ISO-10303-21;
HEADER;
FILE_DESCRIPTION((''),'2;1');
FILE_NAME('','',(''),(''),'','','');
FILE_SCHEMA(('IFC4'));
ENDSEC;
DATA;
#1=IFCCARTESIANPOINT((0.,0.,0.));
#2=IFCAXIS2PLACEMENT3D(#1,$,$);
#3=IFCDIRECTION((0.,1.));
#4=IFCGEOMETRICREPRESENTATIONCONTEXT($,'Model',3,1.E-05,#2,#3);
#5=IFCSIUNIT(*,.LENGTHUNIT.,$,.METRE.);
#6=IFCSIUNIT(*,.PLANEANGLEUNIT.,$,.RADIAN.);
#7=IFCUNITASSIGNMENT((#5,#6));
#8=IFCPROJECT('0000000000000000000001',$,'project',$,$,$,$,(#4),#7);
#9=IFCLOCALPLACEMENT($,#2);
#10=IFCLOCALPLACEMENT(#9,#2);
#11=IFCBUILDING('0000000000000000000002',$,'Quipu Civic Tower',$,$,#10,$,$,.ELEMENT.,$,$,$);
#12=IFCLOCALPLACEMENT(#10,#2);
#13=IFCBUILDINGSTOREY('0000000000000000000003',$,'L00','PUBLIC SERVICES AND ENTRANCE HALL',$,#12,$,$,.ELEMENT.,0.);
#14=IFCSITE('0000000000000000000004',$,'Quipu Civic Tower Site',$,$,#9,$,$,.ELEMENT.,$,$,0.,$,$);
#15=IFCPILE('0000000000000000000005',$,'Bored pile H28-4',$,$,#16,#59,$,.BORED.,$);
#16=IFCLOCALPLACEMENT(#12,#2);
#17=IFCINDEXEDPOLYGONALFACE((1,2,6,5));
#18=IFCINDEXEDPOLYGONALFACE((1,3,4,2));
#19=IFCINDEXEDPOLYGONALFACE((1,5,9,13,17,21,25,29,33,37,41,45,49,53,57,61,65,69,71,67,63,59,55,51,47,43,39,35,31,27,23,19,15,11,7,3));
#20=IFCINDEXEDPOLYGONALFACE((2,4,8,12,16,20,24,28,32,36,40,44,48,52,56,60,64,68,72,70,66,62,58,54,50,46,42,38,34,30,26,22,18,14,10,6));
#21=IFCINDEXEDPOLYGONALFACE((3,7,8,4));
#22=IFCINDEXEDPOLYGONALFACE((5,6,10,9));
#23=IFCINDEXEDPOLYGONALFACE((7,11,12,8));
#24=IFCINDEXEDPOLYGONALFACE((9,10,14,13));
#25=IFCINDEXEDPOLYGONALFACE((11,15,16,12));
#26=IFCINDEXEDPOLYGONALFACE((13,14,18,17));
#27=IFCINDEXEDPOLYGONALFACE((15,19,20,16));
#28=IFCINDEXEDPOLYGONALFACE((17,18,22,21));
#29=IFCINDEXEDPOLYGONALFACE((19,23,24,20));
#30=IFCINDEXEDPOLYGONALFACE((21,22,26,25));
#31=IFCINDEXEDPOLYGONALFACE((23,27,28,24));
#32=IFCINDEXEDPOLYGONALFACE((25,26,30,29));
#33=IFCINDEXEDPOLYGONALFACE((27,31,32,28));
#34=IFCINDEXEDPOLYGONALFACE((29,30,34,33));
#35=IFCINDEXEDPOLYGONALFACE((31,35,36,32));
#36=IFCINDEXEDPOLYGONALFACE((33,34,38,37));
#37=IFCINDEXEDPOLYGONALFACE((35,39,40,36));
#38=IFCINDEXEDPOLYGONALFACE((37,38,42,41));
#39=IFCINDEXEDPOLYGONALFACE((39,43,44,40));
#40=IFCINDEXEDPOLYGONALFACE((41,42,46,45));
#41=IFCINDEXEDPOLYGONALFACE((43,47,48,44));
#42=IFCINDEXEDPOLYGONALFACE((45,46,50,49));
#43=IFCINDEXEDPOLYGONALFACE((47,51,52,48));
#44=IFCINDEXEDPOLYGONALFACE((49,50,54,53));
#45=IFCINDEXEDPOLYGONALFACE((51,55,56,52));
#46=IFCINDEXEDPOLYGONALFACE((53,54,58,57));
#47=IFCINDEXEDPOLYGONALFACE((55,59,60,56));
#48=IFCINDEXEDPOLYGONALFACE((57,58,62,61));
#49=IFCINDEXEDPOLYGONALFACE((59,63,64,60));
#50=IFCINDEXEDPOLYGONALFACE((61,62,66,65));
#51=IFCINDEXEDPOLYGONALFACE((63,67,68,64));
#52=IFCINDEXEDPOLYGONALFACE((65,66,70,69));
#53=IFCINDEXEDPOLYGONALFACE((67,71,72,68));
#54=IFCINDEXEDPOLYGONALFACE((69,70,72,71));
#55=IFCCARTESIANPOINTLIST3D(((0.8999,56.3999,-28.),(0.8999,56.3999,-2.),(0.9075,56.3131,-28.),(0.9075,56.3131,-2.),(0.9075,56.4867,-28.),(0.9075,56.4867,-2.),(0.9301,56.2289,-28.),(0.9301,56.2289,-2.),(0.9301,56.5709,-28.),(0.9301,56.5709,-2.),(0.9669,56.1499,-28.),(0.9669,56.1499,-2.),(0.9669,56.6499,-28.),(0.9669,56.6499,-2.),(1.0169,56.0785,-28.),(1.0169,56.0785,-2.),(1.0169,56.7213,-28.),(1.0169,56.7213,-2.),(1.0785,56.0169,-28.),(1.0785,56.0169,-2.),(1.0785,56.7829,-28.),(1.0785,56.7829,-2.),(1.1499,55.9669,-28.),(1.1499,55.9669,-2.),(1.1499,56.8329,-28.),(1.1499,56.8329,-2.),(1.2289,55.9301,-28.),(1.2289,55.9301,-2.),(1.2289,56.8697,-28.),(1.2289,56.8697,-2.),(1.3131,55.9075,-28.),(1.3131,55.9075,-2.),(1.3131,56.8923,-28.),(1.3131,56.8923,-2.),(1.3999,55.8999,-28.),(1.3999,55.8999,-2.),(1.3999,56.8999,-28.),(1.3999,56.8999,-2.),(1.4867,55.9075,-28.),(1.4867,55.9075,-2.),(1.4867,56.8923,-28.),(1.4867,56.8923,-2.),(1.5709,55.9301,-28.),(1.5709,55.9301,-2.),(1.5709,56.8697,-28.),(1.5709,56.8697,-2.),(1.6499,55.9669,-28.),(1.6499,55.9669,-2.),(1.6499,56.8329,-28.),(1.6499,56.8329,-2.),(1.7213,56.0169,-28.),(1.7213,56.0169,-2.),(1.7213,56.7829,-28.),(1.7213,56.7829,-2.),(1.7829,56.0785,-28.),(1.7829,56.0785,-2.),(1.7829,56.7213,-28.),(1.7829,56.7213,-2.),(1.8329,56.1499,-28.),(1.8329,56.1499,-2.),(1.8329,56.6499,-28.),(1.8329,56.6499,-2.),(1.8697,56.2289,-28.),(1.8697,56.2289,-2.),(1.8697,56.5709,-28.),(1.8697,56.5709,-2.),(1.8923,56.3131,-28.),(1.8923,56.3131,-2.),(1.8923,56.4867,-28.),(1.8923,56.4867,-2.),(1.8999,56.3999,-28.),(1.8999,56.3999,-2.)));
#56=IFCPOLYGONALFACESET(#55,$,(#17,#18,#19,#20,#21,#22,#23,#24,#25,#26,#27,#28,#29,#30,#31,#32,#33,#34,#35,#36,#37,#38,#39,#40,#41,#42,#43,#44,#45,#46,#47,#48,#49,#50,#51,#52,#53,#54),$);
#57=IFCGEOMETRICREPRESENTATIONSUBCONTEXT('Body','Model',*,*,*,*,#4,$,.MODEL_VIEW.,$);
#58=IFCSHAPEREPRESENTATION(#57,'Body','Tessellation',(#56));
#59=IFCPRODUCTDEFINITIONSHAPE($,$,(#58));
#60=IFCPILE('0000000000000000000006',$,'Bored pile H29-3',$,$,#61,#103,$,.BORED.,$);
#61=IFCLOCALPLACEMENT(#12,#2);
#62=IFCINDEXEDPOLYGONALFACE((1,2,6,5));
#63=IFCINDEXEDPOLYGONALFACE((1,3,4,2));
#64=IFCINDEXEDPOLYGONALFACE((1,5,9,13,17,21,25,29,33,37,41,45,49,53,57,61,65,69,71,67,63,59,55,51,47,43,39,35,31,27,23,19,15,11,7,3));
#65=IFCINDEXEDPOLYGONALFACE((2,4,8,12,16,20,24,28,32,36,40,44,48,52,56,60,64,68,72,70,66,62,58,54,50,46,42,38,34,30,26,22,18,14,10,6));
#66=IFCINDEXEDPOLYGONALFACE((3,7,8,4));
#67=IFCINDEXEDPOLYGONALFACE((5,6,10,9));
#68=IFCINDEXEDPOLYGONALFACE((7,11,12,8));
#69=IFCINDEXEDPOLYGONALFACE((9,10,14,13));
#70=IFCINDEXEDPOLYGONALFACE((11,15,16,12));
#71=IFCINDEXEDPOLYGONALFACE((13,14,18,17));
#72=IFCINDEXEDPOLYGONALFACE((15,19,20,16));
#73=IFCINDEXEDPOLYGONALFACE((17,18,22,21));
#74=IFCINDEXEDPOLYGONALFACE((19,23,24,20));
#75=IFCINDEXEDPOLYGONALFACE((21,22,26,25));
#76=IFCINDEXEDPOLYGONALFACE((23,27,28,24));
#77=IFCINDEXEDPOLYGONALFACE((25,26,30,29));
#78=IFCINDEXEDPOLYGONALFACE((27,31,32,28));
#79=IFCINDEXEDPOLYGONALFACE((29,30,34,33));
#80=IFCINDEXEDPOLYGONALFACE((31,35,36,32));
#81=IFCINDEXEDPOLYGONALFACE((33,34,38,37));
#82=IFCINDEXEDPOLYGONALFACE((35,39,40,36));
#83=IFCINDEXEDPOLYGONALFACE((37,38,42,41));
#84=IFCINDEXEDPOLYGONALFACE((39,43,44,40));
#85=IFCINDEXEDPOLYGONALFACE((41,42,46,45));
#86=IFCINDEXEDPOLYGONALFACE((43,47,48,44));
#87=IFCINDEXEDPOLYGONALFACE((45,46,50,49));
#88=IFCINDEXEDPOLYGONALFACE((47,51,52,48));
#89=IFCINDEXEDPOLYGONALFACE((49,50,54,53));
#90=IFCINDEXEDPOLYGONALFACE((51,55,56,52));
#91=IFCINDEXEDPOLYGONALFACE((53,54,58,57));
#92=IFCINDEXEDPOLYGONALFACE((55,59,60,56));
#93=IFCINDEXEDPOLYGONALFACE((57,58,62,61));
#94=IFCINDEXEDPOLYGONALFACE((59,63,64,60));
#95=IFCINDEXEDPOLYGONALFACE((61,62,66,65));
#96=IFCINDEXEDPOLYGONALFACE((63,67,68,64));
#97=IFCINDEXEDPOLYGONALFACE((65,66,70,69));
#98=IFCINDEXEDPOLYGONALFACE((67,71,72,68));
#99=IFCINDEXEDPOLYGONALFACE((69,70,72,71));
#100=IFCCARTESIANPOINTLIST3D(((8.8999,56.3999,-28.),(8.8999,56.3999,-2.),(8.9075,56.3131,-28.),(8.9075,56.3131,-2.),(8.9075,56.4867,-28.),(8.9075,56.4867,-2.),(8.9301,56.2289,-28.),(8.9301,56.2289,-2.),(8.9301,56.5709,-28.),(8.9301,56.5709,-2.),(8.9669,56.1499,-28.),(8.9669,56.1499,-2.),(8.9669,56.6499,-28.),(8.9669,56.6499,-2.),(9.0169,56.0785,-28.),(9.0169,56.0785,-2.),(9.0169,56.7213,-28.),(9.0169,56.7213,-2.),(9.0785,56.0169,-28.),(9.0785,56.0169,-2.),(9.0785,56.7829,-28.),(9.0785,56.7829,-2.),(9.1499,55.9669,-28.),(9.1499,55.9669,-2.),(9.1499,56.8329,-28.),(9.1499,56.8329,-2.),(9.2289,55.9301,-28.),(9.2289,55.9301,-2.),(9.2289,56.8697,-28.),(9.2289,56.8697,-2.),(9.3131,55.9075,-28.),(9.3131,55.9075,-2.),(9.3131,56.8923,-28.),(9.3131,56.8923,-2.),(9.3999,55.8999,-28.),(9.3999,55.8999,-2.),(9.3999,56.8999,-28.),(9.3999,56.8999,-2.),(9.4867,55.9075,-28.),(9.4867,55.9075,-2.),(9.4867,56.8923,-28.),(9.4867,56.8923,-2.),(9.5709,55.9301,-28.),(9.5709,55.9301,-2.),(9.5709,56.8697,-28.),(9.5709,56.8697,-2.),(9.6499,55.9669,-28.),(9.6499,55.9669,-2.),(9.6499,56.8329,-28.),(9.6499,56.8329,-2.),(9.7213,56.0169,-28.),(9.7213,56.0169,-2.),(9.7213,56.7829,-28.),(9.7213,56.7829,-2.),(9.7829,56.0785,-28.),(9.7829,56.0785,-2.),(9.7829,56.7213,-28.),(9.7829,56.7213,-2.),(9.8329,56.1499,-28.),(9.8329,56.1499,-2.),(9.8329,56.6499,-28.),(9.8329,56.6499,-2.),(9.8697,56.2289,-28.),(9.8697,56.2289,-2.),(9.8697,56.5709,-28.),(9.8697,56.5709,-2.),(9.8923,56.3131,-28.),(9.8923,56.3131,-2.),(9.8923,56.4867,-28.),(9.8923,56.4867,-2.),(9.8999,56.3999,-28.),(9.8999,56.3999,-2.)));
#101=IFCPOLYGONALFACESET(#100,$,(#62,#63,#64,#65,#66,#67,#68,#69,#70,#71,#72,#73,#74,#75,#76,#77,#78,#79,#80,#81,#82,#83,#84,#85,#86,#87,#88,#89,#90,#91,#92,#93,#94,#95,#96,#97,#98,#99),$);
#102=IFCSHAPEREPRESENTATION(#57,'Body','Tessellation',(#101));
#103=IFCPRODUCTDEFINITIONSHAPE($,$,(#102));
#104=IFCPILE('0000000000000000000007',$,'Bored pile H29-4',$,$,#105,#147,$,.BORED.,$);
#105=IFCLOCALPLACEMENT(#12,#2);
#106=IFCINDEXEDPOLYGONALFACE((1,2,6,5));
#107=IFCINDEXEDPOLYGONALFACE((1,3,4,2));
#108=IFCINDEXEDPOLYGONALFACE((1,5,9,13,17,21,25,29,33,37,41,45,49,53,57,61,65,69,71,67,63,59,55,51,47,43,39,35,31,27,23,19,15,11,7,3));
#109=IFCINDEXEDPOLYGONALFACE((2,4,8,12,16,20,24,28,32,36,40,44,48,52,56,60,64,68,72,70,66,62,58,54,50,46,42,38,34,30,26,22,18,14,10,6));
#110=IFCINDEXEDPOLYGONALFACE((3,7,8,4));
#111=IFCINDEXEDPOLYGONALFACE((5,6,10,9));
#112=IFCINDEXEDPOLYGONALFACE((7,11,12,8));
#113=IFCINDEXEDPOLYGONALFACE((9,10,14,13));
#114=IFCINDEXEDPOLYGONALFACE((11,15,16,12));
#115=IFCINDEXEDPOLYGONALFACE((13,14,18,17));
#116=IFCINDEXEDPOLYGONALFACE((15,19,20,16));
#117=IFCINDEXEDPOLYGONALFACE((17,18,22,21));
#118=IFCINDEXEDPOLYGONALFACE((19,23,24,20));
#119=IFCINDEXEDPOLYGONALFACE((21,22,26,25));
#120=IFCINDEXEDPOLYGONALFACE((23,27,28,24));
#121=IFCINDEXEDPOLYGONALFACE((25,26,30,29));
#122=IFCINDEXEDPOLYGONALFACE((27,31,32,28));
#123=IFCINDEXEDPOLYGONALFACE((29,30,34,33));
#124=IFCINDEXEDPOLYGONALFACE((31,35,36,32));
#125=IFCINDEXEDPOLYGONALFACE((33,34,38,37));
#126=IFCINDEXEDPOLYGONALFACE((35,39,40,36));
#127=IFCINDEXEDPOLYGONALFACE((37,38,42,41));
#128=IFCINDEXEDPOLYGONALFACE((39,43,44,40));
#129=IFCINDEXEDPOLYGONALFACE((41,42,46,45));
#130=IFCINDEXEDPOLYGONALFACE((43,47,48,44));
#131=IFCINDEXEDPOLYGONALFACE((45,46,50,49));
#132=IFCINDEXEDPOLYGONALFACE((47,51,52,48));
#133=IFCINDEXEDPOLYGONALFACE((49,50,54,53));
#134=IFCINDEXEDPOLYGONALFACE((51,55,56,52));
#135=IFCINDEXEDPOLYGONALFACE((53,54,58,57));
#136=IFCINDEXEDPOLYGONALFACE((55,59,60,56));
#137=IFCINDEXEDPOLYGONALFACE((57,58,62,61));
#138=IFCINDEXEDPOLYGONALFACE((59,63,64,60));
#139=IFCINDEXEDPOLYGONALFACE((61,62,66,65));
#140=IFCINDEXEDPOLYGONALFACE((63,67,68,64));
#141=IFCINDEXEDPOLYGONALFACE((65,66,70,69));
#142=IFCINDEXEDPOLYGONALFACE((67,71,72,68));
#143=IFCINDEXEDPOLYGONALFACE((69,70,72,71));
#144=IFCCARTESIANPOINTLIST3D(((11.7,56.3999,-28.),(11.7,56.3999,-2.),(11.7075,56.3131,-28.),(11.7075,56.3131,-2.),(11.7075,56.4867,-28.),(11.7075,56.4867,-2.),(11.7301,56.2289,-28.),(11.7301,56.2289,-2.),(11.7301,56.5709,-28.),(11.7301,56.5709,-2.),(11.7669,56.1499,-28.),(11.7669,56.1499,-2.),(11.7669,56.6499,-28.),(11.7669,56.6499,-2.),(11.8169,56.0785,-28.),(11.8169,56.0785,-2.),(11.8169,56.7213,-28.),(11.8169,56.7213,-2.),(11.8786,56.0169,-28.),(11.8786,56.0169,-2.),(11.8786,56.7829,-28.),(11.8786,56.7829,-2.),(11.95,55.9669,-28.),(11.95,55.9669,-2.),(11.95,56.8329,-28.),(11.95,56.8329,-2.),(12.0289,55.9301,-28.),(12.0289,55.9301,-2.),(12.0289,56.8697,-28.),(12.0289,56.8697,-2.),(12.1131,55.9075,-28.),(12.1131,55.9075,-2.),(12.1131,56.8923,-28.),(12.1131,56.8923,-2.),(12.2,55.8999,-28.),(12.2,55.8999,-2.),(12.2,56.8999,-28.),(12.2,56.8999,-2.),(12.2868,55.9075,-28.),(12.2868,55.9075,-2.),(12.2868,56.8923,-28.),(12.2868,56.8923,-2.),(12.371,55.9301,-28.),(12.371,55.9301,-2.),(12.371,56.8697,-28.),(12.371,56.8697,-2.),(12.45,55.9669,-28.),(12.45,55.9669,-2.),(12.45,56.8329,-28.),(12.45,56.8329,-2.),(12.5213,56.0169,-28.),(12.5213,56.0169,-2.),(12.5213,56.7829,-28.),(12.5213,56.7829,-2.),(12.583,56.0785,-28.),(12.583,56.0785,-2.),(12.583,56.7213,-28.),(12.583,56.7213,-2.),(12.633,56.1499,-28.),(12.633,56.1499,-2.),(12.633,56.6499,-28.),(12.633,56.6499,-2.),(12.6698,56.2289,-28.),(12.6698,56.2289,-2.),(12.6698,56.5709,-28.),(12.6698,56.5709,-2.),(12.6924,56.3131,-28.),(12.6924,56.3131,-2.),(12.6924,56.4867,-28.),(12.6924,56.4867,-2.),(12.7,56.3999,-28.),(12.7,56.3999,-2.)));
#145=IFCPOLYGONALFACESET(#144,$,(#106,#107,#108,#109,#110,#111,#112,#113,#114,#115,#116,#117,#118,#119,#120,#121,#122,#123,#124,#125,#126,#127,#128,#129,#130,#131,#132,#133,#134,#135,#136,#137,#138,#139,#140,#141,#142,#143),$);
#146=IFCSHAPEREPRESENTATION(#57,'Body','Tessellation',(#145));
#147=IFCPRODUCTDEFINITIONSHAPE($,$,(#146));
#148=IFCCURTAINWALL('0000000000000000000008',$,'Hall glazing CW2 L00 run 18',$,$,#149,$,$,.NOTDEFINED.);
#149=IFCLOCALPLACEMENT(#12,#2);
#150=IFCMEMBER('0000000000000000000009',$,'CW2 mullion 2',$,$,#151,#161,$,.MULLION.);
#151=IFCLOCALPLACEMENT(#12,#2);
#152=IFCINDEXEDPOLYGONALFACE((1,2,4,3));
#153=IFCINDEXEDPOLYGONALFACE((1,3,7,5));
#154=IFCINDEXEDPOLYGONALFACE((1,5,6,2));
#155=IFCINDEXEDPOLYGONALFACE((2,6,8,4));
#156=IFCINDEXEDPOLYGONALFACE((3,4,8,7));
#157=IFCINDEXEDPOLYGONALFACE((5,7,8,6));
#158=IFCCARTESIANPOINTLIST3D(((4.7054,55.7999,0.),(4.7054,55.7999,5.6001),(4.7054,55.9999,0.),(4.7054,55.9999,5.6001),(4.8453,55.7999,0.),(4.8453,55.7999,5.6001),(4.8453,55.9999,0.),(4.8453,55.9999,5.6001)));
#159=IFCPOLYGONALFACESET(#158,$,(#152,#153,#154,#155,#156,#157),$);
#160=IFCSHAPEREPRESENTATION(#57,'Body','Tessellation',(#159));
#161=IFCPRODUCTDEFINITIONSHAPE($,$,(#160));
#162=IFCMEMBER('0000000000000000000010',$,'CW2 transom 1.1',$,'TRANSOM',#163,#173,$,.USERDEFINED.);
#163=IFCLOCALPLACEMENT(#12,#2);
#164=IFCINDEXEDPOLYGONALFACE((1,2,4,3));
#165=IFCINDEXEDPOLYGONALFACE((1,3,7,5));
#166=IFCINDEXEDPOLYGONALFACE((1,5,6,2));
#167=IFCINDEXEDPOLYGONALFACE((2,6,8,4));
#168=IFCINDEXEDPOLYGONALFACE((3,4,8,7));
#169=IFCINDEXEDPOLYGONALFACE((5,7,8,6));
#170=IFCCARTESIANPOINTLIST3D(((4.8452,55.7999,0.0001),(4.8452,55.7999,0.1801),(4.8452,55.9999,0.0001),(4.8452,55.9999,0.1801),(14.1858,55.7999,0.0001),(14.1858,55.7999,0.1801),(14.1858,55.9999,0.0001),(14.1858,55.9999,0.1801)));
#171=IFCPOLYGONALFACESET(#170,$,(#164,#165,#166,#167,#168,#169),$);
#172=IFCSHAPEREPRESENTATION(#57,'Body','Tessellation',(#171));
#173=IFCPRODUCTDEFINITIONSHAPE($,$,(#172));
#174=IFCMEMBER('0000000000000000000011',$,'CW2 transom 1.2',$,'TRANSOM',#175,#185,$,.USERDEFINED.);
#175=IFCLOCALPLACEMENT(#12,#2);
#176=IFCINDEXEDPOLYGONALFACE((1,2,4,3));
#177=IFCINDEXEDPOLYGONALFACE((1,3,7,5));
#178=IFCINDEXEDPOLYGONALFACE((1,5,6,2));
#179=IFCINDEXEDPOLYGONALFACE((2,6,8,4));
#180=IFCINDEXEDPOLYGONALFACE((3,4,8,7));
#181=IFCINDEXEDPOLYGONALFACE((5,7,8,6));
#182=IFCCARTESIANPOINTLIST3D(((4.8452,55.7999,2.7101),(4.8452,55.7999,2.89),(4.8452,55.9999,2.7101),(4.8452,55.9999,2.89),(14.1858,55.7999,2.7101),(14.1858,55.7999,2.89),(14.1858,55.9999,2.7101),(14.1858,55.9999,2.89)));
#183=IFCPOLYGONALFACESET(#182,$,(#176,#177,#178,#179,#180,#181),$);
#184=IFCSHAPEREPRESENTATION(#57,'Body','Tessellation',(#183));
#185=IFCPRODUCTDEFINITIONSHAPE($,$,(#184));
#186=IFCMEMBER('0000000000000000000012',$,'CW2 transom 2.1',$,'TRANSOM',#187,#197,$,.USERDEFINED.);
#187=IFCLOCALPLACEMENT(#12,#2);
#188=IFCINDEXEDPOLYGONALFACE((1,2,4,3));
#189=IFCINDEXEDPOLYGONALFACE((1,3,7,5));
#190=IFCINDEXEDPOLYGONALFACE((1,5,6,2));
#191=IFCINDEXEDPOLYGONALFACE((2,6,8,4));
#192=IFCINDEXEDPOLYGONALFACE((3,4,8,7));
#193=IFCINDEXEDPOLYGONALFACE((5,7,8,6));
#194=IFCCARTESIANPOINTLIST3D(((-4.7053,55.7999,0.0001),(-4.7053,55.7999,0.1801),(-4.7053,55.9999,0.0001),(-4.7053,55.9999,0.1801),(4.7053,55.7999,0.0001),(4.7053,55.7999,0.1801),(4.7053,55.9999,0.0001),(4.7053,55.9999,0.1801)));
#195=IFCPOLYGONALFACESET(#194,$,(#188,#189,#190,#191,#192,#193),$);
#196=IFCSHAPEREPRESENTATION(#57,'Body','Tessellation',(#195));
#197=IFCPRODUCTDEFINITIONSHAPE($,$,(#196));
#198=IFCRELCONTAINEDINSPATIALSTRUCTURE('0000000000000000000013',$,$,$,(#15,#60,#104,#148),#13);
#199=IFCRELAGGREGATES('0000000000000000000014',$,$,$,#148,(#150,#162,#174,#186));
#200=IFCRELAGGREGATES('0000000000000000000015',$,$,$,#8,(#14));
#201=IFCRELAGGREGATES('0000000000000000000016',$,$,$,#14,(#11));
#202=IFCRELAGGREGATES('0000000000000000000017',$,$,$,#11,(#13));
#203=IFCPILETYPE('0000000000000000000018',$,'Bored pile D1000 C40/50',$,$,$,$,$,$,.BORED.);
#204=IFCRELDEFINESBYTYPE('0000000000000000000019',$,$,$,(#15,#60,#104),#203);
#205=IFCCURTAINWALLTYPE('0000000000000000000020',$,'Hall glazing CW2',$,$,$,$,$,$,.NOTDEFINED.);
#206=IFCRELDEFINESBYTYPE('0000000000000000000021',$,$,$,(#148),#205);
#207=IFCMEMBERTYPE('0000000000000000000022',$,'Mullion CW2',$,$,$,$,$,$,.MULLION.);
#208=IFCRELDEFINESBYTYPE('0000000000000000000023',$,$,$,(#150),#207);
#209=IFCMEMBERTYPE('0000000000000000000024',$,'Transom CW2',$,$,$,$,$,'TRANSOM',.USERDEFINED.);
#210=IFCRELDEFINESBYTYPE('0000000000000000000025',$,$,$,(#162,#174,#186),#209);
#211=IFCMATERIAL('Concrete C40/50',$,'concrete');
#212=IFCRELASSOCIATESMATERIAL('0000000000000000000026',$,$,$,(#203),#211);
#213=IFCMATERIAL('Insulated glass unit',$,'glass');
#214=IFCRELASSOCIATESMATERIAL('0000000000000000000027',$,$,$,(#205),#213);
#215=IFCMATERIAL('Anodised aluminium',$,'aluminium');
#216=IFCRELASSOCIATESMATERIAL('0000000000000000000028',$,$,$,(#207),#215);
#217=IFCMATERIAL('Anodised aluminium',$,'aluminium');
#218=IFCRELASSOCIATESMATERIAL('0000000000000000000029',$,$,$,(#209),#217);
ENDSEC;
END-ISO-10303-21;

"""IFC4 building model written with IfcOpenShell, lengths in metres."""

from ifc_helpers import new_model, si_unit, direction, frame, origin, origin_2d, place, context, subcontext, project, spatial, rectangle, circle, extrude, material, material_profile, profile_set, type_object, element, aggregate, save


model = new_model("IFC4")

# Units and contexts
model_context = context("Model", 3, precision=1e-05, world=origin(), true_north=direction((0.0, 1.0)))
body_context = subcontext(model_context, "Body", "Model", "MODEL_VIEW")
ifc_project = project(units=[si_unit("LENGTHUNIT", "METRE"), si_unit("PLANEANGLEUNIT", "RADIAN")], contexts=[model_context])

# Site, building, storey
site_placement = place(None, origin())
site = spatial("IfcSite", under=ifc_project, at=site_placement, Name="Quipu Civic Tower Site", CompositionType="ELEMENT", RefElevation=0.0)
building_placement = place(site_placement, origin())
building = spatial("IfcBuilding", under=site, at=building_placement, Name="Quipu Civic Tower", CompositionType="ELEMENT")
storey_placement = place(building_placement, origin())
storey = spatial("IfcBuildingStorey", under=building, at=storey_placement, Name="L00", Description="PUBLIC SERVICES AND ENTRANCE HALL", CompositionType="ELEMENT", Elevation=0.0)

# Piles
ifc_material_1 = material(Name="Concrete C40/50", Category="concrete")
ifc_material_profile_1 = material_profile(ifc_material_1, circle(Radius=0.5, at=origin_2d()), Name="RCD1000")
ifc_profile_set_1 = profile_set([ifc_material_profile_1], Name="Concrete C40/50")
pile_type = type_object("IfcPileType", Name="Bored pile D1000 C40/50", PredefinedType="BORED", material=ifc_profile_set_1)
for number, where, z_axis, x_axis, name in (
    (1, (1.3999, 56.3999, -2.0), (0.0, 0.0, -1.0), (1.0, 0.0, 0.0), "Bored pile H28-4"),
    (2, (9.3999, 56.3999, -2.0), (0.0, 0.0, -1.0), (1.0, 0.0, 0.0), "Bored pile H29-3"),
    (3, (12.2, 56.3999, -2.0), (0.0, 0.0, -1.0), (1.0, 0.0, 0.0), "Bored pile H29-4"),
):
    element("IfcPile", number, at=place(storey_placement, frame(where, z_axis=z_axis, x_axis=x_axis)), inside=storey, type_object=pile_type, Name=name, PredefinedType="BORED", context=body_context, shape_type="SweptSolid", body=[
        extrude(circle(Radius=0.5, at=origin_2d()), origin(), (0.0, 0.0, 1.0), 26.0),
    ])

# Curtain wall, members
ifc_material_2 = material(Name="Insulated glass unit", Category="glass")
curtain_wall_type = type_object("IfcCurtainWallType", Name="Hall glazing CW2", PredefinedType="NOTDEFINED", material=ifc_material_2)
curtain_wall_placement = place(storey_placement, origin())
curtain_wall = element("IfcCurtainWall", 4, at=curtain_wall_placement, inside=storey, type_object=curtain_wall_type, Name="Hall glazing CW2 L00 run 18", PredefinedType="NOTDEFINED")
ifc_material_3 = material(Name="Anodised aluminium", Category="aluminium")
ifc_material_profile_2 = material_profile(ifc_material_3, rectangle(XDim=0.2, YDim=0.1399, at=origin_2d()), Name="RECT 200x140")
ifc_profile_set_2 = profile_set([ifc_material_profile_2], Name="Anodised aluminium")
member_type_1 = type_object("IfcMemberType", Name="Mullion CW2", PredefinedType="MULLION", material=ifc_profile_set_2)
member_1_placement = place(storey_placement, frame((4.7754, 55.8999, 0.0), z_axis=(0.0, 0.0, 1.0), x_axis=(0.0, -1.0, 0.0)))
member_1 = element("IfcMember", 5, at=member_1_placement, type_object=member_type_1, Name="CW2 mullion 2", PredefinedType="MULLION", context=body_context, shape_type="SweptSolid", body=[
    extrude(rectangle(XDim=0.2, YDim=0.1399, at=origin_2d()), origin(), (0.0, 0.0, 1.0), 5.6001),
])
ifc_material_4 = material(Name="Anodised aluminium", Category="aluminium")
ifc_material_profile_3 = material_profile(ifc_material_4, rectangle(XDim=0.2, YDim=0.1799, at=origin_2d()), Name="RECT 200x180")
ifc_profile_set_3 = profile_set([ifc_material_profile_3], Name="Anodised aluminium")
member_type_2 = type_object("IfcMemberType", Name="Transom CW2", ElementType="TRANSOM", PredefinedType="USERDEFINED", material=ifc_profile_set_3)
member_2_placement = place(storey_placement, frame((14.1858, 55.8999, 0.0901), z_axis=(-1.0, 0.0, 0.0), x_axis=(0.0, -1.0, 0.0)))
member_2 = element("IfcMember", 6, at=member_2_placement, type_object=member_type_2, Name="CW2 transom 1.1", ObjectType="TRANSOM", PredefinedType="USERDEFINED", context=body_context, shape_type="SweptSolid", body=[
    extrude(rectangle(XDim=0.2, YDim=0.1799, at=origin_2d()), origin(), (0.0, 0.0, 1.0), 9.3406),
])
member_3_placement = place(storey_placement, frame((14.1858, 55.8999, 2.8), z_axis=(-1.0, 0.0, 0.0), x_axis=(0.0, -1.0, 0.0)))
member_3 = element("IfcMember", 7, at=member_3_placement, type_object=member_type_2, Name="CW2 transom 1.2", ObjectType="TRANSOM", PredefinedType="USERDEFINED", context=body_context, shape_type="SweptSolid", body=[
    extrude(rectangle(XDim=0.2, YDim=0.1799, at=origin_2d()), origin(), (0.0, 0.0, 1.0), 9.3406),
])
member_4_placement = place(storey_placement, frame((4.7053, 55.8999, 0.0901), z_axis=(-1.0, 0.0, 0.0), x_axis=(0.0, -1.0, 0.0)))
member_4 = element("IfcMember", 8, at=member_4_placement, type_object=member_type_2, Name="CW2 transom 2.1", ObjectType="TRANSOM", PredefinedType="USERDEFINED", context=body_context, shape_type="SweptSolid", body=[
    extrude(rectangle(XDim=0.2, YDim=0.1799, at=origin_2d()), origin(), (0.0, 0.0, 1.0), 9.4106),
])
aggregate(curtain_wall, [member_1, member_2, member_3, member_4])

save(model, "model.ifc")
